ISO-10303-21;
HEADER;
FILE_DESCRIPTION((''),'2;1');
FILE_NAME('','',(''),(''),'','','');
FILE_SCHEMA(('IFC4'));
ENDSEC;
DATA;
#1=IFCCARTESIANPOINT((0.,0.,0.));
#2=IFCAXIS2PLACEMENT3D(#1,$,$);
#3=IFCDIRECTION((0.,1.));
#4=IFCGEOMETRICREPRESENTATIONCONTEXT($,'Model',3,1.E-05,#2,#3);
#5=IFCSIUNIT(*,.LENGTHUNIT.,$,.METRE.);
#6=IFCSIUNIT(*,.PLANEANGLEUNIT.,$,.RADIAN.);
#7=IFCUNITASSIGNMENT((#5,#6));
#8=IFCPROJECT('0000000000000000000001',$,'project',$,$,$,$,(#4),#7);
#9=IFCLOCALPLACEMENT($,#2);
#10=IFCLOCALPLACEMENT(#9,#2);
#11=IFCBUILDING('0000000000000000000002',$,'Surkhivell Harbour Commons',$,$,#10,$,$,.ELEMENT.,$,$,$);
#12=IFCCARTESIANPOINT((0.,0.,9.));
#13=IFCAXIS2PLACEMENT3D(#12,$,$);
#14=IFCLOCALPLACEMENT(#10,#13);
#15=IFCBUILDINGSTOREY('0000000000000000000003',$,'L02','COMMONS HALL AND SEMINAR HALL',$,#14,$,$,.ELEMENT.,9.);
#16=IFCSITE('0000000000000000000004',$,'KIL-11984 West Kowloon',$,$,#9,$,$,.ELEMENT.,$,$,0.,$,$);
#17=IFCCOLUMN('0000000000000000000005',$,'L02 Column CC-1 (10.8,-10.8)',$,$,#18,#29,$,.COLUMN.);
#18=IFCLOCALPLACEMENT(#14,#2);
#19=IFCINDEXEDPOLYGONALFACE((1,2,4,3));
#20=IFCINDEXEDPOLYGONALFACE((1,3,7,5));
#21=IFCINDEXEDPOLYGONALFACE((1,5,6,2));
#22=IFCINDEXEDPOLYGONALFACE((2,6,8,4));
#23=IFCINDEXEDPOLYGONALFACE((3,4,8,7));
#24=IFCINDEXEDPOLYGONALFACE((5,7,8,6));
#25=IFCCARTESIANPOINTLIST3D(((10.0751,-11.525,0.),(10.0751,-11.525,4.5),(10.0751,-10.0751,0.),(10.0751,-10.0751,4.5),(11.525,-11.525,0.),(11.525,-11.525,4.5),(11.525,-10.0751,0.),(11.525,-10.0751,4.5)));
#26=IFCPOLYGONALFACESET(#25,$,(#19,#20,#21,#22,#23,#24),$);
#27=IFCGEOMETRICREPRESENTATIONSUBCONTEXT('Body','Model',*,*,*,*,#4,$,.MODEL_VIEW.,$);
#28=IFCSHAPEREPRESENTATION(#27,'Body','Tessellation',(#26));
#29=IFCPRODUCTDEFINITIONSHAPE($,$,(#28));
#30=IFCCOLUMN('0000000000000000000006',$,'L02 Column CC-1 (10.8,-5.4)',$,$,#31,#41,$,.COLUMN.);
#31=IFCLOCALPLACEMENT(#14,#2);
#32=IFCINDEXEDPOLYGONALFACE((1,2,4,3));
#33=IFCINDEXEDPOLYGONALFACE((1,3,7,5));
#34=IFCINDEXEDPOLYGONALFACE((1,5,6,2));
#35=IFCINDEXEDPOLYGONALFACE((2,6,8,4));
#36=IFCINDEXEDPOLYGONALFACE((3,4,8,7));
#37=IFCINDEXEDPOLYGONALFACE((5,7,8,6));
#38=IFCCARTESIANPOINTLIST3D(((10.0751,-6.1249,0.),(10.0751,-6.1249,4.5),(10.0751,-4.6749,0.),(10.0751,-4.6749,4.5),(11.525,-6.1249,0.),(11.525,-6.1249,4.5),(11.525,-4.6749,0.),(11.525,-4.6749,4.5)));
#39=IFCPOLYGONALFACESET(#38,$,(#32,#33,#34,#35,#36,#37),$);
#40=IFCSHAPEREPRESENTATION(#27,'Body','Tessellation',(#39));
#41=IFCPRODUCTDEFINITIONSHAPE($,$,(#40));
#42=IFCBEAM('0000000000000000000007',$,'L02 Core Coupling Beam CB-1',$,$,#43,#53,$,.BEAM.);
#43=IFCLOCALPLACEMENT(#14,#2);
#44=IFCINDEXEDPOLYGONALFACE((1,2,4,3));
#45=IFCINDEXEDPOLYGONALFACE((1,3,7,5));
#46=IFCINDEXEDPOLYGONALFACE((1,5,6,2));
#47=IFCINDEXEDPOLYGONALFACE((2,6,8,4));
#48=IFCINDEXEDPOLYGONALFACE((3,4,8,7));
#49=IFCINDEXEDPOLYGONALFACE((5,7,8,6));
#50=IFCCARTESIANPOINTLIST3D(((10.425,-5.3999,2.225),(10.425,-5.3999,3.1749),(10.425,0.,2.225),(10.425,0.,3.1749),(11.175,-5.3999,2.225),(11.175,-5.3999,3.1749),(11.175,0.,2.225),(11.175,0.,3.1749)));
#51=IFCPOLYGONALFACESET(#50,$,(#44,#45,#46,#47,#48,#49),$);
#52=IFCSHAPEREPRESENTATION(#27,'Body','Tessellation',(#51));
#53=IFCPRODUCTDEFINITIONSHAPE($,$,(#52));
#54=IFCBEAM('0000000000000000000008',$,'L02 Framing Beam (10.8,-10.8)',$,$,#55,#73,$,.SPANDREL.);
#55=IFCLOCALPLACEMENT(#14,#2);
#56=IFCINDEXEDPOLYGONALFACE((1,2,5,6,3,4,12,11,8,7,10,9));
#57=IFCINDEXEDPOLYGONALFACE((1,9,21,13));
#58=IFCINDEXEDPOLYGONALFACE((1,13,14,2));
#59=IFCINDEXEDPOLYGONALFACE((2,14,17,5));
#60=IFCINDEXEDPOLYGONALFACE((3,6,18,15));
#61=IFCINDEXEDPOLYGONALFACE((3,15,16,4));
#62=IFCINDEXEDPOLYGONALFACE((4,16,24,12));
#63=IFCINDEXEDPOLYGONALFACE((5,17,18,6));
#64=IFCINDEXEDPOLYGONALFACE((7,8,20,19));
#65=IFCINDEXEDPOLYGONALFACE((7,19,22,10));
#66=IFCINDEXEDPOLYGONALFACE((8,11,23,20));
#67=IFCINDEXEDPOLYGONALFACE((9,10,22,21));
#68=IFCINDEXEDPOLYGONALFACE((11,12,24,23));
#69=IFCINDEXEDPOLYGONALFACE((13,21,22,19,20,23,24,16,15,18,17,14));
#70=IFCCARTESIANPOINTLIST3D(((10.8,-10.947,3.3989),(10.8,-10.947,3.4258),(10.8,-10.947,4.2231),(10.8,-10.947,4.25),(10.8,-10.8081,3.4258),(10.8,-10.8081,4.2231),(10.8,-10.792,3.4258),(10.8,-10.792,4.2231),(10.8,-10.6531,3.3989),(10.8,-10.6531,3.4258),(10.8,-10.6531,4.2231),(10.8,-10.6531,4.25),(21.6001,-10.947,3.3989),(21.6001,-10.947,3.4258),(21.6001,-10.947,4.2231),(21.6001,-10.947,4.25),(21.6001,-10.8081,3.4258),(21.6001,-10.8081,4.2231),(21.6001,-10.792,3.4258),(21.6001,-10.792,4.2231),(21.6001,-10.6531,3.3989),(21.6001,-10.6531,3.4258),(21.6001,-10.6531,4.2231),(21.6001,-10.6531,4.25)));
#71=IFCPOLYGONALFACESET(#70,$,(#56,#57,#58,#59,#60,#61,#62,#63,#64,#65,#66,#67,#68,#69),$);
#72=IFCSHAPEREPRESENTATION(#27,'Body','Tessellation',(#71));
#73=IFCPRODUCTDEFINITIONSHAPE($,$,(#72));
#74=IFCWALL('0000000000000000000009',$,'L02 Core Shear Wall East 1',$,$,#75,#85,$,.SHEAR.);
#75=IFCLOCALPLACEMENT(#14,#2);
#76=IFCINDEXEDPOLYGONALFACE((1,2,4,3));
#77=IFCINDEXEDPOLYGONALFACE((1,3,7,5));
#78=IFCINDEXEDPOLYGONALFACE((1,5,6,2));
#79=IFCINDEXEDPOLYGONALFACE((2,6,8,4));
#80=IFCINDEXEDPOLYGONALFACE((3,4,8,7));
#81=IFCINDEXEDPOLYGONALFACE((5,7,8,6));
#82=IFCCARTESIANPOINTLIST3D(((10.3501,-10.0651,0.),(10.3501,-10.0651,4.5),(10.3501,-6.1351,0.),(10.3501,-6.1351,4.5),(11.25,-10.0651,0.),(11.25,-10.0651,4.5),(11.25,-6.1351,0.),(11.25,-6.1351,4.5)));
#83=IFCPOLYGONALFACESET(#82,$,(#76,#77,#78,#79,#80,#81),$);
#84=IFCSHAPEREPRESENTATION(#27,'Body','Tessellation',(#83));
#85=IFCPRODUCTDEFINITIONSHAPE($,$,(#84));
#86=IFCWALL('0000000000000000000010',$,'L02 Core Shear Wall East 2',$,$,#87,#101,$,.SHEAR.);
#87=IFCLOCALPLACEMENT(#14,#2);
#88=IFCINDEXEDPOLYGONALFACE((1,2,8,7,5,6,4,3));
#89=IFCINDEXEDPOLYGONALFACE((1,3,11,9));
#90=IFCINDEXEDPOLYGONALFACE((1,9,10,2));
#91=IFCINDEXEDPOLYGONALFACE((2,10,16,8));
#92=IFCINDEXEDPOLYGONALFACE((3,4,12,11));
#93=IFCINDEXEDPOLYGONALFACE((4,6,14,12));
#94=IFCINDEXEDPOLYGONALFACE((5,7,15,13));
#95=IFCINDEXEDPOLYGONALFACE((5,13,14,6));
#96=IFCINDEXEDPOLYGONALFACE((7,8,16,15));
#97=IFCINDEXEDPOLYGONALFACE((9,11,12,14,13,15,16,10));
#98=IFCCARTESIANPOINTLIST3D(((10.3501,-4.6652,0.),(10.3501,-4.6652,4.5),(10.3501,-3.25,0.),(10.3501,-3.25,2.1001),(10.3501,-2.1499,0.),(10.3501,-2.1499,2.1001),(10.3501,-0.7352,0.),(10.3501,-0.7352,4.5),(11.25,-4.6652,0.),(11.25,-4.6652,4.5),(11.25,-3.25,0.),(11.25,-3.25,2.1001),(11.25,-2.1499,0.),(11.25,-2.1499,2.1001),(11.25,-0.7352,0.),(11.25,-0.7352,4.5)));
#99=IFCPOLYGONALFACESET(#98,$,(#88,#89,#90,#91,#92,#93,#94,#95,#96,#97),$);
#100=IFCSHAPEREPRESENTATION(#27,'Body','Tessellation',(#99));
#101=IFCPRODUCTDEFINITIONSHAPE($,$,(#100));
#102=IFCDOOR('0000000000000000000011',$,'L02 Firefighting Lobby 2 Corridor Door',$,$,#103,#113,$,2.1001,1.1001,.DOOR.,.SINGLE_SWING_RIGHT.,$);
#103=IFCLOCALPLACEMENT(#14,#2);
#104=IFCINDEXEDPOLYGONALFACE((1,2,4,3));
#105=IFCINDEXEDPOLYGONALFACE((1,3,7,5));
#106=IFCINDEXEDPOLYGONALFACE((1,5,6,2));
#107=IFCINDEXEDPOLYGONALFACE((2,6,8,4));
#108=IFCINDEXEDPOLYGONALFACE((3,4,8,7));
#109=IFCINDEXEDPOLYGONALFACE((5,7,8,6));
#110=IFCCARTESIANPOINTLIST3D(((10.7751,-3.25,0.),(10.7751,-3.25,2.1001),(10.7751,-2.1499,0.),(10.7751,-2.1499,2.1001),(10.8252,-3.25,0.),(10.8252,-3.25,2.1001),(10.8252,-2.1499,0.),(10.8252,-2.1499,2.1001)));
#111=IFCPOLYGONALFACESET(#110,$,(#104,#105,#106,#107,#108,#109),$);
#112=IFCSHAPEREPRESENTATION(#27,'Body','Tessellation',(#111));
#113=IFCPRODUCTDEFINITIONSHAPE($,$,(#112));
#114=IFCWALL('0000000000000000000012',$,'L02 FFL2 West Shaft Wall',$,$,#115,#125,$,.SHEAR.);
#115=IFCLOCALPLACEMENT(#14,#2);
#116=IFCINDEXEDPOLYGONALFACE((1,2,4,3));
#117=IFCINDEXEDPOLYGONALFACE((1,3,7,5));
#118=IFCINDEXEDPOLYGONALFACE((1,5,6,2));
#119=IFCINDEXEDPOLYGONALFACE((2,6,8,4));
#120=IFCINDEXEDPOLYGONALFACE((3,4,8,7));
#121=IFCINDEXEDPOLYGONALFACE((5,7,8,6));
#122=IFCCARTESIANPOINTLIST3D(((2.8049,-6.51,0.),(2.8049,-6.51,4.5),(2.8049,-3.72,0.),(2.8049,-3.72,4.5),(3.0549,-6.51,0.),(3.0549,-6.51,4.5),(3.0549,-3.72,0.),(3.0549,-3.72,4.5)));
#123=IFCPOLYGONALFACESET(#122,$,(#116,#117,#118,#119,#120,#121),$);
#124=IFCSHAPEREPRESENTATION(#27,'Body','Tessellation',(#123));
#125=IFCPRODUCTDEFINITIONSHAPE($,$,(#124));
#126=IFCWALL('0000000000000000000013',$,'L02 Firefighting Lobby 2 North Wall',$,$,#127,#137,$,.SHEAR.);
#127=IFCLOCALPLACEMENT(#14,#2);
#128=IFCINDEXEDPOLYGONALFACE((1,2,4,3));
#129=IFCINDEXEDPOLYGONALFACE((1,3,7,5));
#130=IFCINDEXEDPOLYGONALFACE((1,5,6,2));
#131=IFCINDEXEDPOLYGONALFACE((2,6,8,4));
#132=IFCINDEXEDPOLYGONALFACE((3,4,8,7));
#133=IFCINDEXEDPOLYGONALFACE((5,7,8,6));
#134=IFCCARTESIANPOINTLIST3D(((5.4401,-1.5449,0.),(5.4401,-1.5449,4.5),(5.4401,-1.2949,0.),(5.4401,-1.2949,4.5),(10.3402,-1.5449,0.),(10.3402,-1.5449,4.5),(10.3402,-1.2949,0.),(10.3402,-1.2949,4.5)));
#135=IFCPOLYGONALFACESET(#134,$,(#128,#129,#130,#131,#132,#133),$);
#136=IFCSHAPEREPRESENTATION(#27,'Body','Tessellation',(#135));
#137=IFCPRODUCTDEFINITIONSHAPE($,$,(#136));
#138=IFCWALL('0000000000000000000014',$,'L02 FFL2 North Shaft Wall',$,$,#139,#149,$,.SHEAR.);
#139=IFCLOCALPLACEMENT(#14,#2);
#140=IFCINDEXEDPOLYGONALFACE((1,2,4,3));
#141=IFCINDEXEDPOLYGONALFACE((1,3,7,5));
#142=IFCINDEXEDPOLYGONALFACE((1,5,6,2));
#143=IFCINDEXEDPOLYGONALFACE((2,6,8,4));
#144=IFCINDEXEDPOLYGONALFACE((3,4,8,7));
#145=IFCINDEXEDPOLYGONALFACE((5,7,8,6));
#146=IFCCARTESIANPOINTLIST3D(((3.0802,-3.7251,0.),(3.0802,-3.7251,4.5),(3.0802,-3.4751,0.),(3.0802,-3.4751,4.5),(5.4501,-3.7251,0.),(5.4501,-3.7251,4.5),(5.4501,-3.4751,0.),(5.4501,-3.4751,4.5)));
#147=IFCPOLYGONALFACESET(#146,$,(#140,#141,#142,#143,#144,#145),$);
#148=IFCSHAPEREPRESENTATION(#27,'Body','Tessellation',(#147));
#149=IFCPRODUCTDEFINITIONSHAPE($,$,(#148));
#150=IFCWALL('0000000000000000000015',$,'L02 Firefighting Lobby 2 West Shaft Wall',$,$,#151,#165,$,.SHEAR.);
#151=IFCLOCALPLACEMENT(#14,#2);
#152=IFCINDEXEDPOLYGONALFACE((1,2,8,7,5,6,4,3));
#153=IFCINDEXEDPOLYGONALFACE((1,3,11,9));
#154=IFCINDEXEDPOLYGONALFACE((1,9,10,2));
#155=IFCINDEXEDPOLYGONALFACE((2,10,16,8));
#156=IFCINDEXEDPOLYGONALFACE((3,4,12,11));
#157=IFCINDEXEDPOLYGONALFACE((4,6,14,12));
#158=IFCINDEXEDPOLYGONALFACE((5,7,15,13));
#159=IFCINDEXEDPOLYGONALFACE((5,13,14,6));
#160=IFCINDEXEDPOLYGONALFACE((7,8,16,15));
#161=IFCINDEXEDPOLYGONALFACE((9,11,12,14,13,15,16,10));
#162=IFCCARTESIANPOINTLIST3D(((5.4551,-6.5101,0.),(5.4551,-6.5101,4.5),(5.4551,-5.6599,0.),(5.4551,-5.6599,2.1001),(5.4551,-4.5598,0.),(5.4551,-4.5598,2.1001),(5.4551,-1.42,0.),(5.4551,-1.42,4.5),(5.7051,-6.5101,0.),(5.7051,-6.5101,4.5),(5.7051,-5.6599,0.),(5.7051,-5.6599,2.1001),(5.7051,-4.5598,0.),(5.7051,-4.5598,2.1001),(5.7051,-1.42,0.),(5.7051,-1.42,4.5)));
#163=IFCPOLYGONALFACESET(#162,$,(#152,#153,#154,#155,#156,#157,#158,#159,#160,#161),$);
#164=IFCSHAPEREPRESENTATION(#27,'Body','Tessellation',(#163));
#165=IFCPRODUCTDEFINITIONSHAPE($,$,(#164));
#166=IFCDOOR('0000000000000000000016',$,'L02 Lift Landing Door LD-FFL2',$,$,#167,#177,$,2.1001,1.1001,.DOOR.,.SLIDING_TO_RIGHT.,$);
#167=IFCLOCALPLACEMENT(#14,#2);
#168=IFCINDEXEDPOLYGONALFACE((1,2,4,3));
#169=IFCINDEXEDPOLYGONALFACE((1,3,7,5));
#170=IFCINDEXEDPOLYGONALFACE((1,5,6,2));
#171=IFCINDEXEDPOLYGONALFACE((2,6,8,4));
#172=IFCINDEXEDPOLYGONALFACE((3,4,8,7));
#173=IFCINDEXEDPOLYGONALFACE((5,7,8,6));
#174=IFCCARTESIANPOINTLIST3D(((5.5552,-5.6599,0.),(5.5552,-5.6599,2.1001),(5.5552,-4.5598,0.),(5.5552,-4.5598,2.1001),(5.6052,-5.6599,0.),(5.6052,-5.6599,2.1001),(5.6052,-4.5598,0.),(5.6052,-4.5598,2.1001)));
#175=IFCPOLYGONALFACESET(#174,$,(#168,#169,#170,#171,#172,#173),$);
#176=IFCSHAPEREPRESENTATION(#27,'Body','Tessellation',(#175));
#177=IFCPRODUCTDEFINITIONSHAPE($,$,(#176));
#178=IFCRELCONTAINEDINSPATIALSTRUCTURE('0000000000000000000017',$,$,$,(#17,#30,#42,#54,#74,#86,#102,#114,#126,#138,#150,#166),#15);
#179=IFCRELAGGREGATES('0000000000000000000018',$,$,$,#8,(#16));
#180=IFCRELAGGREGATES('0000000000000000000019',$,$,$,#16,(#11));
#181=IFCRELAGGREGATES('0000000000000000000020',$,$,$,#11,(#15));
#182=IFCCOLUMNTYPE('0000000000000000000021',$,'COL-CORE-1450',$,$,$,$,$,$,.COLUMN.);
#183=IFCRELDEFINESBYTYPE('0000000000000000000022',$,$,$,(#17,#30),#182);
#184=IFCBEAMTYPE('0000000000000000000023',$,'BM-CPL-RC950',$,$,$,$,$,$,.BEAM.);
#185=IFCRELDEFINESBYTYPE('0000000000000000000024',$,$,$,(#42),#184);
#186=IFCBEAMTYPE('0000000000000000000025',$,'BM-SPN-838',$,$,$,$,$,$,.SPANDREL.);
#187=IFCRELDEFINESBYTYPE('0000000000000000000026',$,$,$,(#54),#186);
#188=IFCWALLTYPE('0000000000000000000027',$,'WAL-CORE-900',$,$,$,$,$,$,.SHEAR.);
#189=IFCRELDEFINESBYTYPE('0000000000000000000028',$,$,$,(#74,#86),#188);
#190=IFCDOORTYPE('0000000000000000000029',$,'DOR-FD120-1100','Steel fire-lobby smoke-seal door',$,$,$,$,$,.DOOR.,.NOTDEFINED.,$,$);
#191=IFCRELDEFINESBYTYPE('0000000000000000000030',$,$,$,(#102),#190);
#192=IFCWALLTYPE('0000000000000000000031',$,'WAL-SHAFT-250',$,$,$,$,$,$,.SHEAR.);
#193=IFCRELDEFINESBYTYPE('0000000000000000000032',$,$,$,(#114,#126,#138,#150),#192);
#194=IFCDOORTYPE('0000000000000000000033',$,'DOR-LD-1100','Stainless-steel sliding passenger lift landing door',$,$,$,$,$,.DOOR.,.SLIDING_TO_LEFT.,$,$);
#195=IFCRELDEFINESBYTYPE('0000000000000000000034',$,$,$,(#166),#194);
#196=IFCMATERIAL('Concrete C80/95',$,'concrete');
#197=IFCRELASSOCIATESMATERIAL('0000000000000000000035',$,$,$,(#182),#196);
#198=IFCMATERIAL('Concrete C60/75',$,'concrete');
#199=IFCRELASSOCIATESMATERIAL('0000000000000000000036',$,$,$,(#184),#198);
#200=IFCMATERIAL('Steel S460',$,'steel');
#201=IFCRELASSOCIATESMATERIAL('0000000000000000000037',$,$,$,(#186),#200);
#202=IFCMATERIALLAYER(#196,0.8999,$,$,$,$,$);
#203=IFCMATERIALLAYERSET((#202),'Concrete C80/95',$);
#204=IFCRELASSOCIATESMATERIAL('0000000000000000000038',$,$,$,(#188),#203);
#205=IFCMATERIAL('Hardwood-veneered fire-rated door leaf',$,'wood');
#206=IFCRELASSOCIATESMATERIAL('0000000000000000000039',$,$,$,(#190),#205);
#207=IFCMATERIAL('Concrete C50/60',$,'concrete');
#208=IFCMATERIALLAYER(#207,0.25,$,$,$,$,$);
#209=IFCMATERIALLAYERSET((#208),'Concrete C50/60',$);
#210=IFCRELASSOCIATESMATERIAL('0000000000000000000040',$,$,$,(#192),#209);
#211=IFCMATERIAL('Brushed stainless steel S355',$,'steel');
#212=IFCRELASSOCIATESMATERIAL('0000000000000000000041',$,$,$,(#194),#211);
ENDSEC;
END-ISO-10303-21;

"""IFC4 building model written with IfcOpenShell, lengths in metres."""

from ifc_helpers import new_model, si_unit, direction, frame, frame_2d, origin, origin_2d, place, context, subcontext, project, spatial, rectangle, i_section, extrude, material, layer, layer_set, material_profile, profile_set, type_object, element, fill, save


model = new_model("IFC4")

# Units and contexts
model_context = context("Model", 3, precision=1e-05, world=origin(), true_north=direction((0.0, 1.0)))
body_context = subcontext(model_context, "Body", "Model", "MODEL_VIEW")
ifc_project = project(units=[si_unit("LENGTHUNIT", "METRE"), si_unit("PLANEANGLEUNIT", "RADIAN")], contexts=[model_context])

# Site, building, storey
site_placement = place(None, origin())
site = spatial("IfcSite", under=ifc_project, at=site_placement, Name="KIL-11984 West Kowloon", CompositionType="ELEMENT", RefElevation=0.0)
building_placement = place(site_placement, origin())
building = spatial("IfcBuilding", under=site, at=building_placement, Name="Surkhivell Harbour Commons", CompositionType="ELEMENT")
storey_placement = place(building_placement, frame((0.0, 0.0, 9.0)))
storey = spatial("IfcBuildingStorey", under=building, at=storey_placement, Name="L02", Description="COMMONS HALL AND SEMINAR HALL", CompositionType="ELEMENT", Elevation=9.0)

# Columns
ifc_material_1 = material(Name="Concrete C80/95", Category="concrete")
ifc_material_profile_1 = material_profile(ifc_material_1, rectangle(XDim=1.45, YDim=1.45, at=origin_2d()), Name="RC-COL-1450x1450")
ifc_profile_set_1 = profile_set([ifc_material_profile_1], Name="Concrete C80/95")
column_type = type_object("IfcColumnType", Name="COL-CORE-1450", PredefinedType="COLUMN", material=ifc_profile_set_1)
for number, where, z_axis, x_axis, name in (
    (1, (10.8, -10.8, 0.0), (0.0, 0.0, 1.0), (1.0, 0.0, 0.0), "L02 Column CC-1 (10.8,-10.8)"),
    (2, (10.8, -5.3999, 0.0), (0.0, 0.0, 1.0), (1.0, 0.0, 0.0), "L02 Column CC-1 (10.8,-5.4)"),
):
    element("IfcColumn", number, at=place(storey_placement, frame(where, z_axis=z_axis, x_axis=x_axis)), inside=storey, type_object=column_type, Name=name, PredefinedType="COLUMN", context=body_context, shape_type="SweptSolid", body=[
        extrude(rectangle(XDim=1.45, YDim=1.45, at=origin_2d()), origin(), (0.0, 0.0, 1.0), 4.5),
    ])

# Beams
ifc_material_2 = material(Name="Concrete C60/75", Category="concrete")
ifc_material_profile_2 = material_profile(ifc_material_2, rectangle(XDim=0.75, YDim=0.95, at=origin_2d()), Name="RC-CBM-750x950")
ifc_profile_set_2 = profile_set([ifc_material_profile_2], Name="Concrete C60/75")
beam_type_1 = type_object("IfcBeamType", Name="BM-CPL-RC950", PredefinedType="BEAM", material=ifc_profile_set_2)
beam_1_placement = place(storey_placement, frame((10.8, -5.3999, 2.7), z_axis=(0.0, 1.0, 0.0), x_axis=(-1.0, 0.0, 0.0)))
element("IfcBeam", 3, at=beam_1_placement, inside=storey, type_object=beam_type_1, Name="L02 Core Coupling Beam CB-1", PredefinedType="BEAM", context=body_context, shape_type="SweptSolid", body=[
    extrude(rectangle(XDim=0.75, YDim=0.95, at=origin_2d()), origin(), (0.0, 0.0, 1.0), 5.3999),
])
ifc_material_3 = material(Name="Steel S460", Category="steel")
ifc_material_profile_3 = material_profile(ifc_material_3, i_section(OverallWidth=0.2939, OverallDepth=0.8511, WebThickness=0.0161, FlangeThickness=0.0269, at=origin_2d()), Name="UB838x292x226")
ifc_profile_set_3 = profile_set([ifc_material_profile_3], Name="Steel S460")
beam_type_2 = type_object("IfcBeamType", Name="BM-SPN-838", PredefinedType="SPANDREL", material=ifc_profile_set_3)
beam_2_placement = place(storey_placement, frame((10.8, -10.8, 3.8245), z_axis=(1.0, 0.0, 0.0), x_axis=(0.0, 1.0, 0.0)))
element("IfcBeam", 4, at=beam_2_placement, inside=storey, type_object=beam_type_2, Name="L02 Framing Beam (10.8,-10.8)", PredefinedType="SPANDREL", context=body_context, shape_type="SweptSolid", body=[
    extrude(i_section(OverallWidth=0.2939, OverallDepth=0.8511, WebThickness=0.0161, FlangeThickness=0.0269, at=origin_2d()), origin(), (0.0, 0.0, 1.0), 10.8),
])

# Wall
ifc_layer_1 = layer(ifc_material_1, 0.8999)
ifc_layer_set_1 = layer_set([ifc_layer_1], Name="Concrete C80/95")
wall_type_1 = type_object("IfcWallType", Name="WAL-CORE-900", PredefinedType="SHEAR", material=ifc_layer_set_1)
wall_1_placement = place(storey_placement, frame((10.8, -10.0649, 0.0), z_axis=(0.0, 0.0, 1.0), x_axis=(0.0, 1.0, 0.0)))
element("IfcWall", 5, at=wall_1_placement, inside=storey, type_object=wall_type_1, Name="L02 Core Shear Wall East 1", PredefinedType="SHEAR", context=body_context, shape_type="SweptSolid", body=[
    extrude(rectangle(XDim=3.9299, YDim=0.8999, at=frame_2d((1.9648, 0.0))), origin(), (0.0, 0.0, 1.0), 4.5),
])

# Wall, opening, door
wall_2_placement = place(storey_placement, frame((10.8, -4.665, 0.0), z_axis=(0.0, 0.0, 1.0), x_axis=(0.0, 1.0, 0.0)))
wall_2 = element("IfcWall", 6, at=wall_2_placement, inside=storey, type_object=wall_type_1, Name="L02 Core Shear Wall East 2", PredefinedType="SHEAR", context=body_context, shape_type="SweptSolid", body=[
    extrude(rectangle(XDim=3.9299, YDim=0.8999, at=frame_2d((1.9648, 0.0))), origin(), (0.0, 0.0, 1.0), 4.5),
])
opening_1_placement = place(wall_2_placement, frame((1.415, 0.0, 0.0)))
opening_1 = element("IfcOpeningElement", 7, at=opening_1_placement, cuts=wall_2, PredefinedType="OPENING", context=body_context, shape_type="SweptSolid", body=[
    extrude(rectangle(XDim=1.1001, YDim=2.1001, at=frame_2d((0.55, 1.05))), frame((0.0, 0.46, 0.0), z_axis=(0.0, -1.0, 0.0), x_axis=(1.0, 0.0, 0.0)), (0.0, 0.0, 1.0), 0.9199),
])
ifc_material_4 = material(Name="Hardwood-veneered fire-rated door leaf", Category="wood")
door_type_1 = type_object("IfcDoorType", Name="DOR-FD120-1100", Description="Steel fire-lobby smoke-seal door", OperationType="NOTDEFINED", PredefinedType="DOOR", material=ifc_material_4)
door_1_placement = place(opening_1_placement, origin())
door_1 = element("IfcDoor", 8, at=door_1_placement, inside=storey, type_object=door_type_1, Name="L02 Firefighting Lobby 2 Corridor Door", OperationType="SINGLE_SWING_RIGHT", OverallHeight=2.1001, OverallWidth=1.1001, PredefinedType="DOOR", context=body_context, shape_type="SweptSolid", body=[
    extrude(rectangle(XDim=1.1001, YDim=2.1001, at=frame_2d((0.55, 1.05))), frame((0.0, 0.0249, 0.0), z_axis=(0.0, -1.0, 0.0), x_axis=(1.0, 0.0, 0.0)), (0.0, 0.0, 1.0), 0.05),
])
fill(opening_1, door_1)

# Walls
ifc_material_5 = material(Name="Concrete C50/60", Category="concrete")
ifc_layer_2 = layer(ifc_material_5, 0.25)
ifc_layer_set_2 = layer_set([ifc_layer_2], Name="Concrete C50/60")
wall_type_2 = type_object("IfcWallType", Name="WAL-SHAFT-250", PredefinedType="SHEAR", material=ifc_layer_set_2)
wall_3_placement = place(storey_placement, frame((2.9299, -6.51, 0.0), z_axis=(0.0, 0.0, 1.0), x_axis=(0.0, 1.0, 0.0)))
element("IfcWall", 9, at=wall_3_placement, inside=storey, type_object=wall_type_2, Name="L02 FFL2 West Shaft Wall", PredefinedType="SHEAR", context=body_context, shape_type="SweptSolid", body=[
    extrude(rectangle(XDim=2.79, YDim=0.25, at=frame_2d((1.395, 0.0))), origin(), (0.0, 0.0, 1.0), 4.5),
])
wall_4_placement = place(storey_placement, frame((5.4399, -1.4199, 0.0), z_axis=(0.0, 0.0, 1.0), x_axis=(1.0, 0.0, 0.0)))
element("IfcWall", 10, at=wall_4_placement, inside=storey, type_object=wall_type_2, Name="L02 Firefighting Lobby 2 North Wall", PredefinedType="SHEAR", context=body_context, shape_type="SweptSolid", body=[
    extrude(rectangle(XDim=4.9001, YDim=0.25, at=frame_2d((2.4502, 0.0))), origin(), (0.0, 0.0, 1.0), 4.5),
])
wall_5_placement = place(storey_placement, frame((3.0801, -3.6001, 0.0), z_axis=(0.0, 0.0, 1.0), x_axis=(1.0, 0.0, 0.0)))
element("IfcWall", 11, at=wall_5_placement, inside=storey, type_object=wall_type_2, Name="L02 FFL2 North Shaft Wall", PredefinedType="SHEAR", context=body_context, shape_type="SweptSolid", body=[
    extrude(rectangle(XDim=2.3699, YDim=0.25, at=frame_2d((1.1851, 0.0))), origin(), (0.0, 0.0, 1.0), 4.5),
])

# Wall, opening, door
wall_6_placement = place(storey_placement, frame((5.5801, -6.51, 0.0), z_axis=(0.0, 0.0, 1.0), x_axis=(0.0, 1.0, 0.0)))
wall_6 = element("IfcWall", 12, at=wall_6_placement, inside=storey, type_object=wall_type_2, Name="L02 Firefighting Lobby 2 West Shaft Wall", PredefinedType="SHEAR", context=body_context, shape_type="SweptSolid", body=[
    extrude(rectangle(XDim=5.0901, YDim=0.25, at=frame_2d((2.5449, 0.0))), origin(), (0.0, 0.0, 1.0), 4.5),
])
opening_2_placement = place(wall_6_placement, frame((0.8501, 0.0, 0.0)))
opening_2 = element("IfcOpeningElement", 13, at=opening_2_placement, cuts=wall_6, PredefinedType="OPENING", context=body_context, shape_type="SweptSolid", body=[
    extrude(rectangle(XDim=1.1001, YDim=2.1001, at=frame_2d((0.55, 1.05))), frame((0.0, 0.135, 0.0), z_axis=(0.0, -1.0, 0.0), x_axis=(1.0, 0.0, 0.0)), (0.0, 0.0, 1.0), 0.27),
])
ifc_material_6 = material(Name="Brushed stainless steel S355", Category="steel")
door_type_2 = type_object("IfcDoorType", Name="DOR-LD-1100", Description="Stainless-steel sliding passenger lift landing door", OperationType="SLIDING_TO_LEFT", PredefinedType="DOOR", material=ifc_material_6)
door_2_placement = place(opening_2_placement, origin())
door_2 = element("IfcDoor", 14, at=door_2_placement, inside=storey, type_object=door_type_2, Name="L02 Lift Landing Door LD-FFL2", OperationType="SLIDING_TO_RIGHT", OverallHeight=2.1001, OverallWidth=1.1001, PredefinedType="DOOR", context=body_context, shape_type="SweptSolid", body=[
    extrude(rectangle(XDim=1.1001, YDim=2.1001, at=frame_2d((0.55, 1.05))), frame((0.0, 0.0249, 0.0), z_axis=(0.0, -1.0, 0.0), x_axis=(1.0, 0.0, 0.0)), (0.0, 0.0, 1.0), 0.05),
])
fill(opening_2, door_2)

save(model, "model.ifc")
